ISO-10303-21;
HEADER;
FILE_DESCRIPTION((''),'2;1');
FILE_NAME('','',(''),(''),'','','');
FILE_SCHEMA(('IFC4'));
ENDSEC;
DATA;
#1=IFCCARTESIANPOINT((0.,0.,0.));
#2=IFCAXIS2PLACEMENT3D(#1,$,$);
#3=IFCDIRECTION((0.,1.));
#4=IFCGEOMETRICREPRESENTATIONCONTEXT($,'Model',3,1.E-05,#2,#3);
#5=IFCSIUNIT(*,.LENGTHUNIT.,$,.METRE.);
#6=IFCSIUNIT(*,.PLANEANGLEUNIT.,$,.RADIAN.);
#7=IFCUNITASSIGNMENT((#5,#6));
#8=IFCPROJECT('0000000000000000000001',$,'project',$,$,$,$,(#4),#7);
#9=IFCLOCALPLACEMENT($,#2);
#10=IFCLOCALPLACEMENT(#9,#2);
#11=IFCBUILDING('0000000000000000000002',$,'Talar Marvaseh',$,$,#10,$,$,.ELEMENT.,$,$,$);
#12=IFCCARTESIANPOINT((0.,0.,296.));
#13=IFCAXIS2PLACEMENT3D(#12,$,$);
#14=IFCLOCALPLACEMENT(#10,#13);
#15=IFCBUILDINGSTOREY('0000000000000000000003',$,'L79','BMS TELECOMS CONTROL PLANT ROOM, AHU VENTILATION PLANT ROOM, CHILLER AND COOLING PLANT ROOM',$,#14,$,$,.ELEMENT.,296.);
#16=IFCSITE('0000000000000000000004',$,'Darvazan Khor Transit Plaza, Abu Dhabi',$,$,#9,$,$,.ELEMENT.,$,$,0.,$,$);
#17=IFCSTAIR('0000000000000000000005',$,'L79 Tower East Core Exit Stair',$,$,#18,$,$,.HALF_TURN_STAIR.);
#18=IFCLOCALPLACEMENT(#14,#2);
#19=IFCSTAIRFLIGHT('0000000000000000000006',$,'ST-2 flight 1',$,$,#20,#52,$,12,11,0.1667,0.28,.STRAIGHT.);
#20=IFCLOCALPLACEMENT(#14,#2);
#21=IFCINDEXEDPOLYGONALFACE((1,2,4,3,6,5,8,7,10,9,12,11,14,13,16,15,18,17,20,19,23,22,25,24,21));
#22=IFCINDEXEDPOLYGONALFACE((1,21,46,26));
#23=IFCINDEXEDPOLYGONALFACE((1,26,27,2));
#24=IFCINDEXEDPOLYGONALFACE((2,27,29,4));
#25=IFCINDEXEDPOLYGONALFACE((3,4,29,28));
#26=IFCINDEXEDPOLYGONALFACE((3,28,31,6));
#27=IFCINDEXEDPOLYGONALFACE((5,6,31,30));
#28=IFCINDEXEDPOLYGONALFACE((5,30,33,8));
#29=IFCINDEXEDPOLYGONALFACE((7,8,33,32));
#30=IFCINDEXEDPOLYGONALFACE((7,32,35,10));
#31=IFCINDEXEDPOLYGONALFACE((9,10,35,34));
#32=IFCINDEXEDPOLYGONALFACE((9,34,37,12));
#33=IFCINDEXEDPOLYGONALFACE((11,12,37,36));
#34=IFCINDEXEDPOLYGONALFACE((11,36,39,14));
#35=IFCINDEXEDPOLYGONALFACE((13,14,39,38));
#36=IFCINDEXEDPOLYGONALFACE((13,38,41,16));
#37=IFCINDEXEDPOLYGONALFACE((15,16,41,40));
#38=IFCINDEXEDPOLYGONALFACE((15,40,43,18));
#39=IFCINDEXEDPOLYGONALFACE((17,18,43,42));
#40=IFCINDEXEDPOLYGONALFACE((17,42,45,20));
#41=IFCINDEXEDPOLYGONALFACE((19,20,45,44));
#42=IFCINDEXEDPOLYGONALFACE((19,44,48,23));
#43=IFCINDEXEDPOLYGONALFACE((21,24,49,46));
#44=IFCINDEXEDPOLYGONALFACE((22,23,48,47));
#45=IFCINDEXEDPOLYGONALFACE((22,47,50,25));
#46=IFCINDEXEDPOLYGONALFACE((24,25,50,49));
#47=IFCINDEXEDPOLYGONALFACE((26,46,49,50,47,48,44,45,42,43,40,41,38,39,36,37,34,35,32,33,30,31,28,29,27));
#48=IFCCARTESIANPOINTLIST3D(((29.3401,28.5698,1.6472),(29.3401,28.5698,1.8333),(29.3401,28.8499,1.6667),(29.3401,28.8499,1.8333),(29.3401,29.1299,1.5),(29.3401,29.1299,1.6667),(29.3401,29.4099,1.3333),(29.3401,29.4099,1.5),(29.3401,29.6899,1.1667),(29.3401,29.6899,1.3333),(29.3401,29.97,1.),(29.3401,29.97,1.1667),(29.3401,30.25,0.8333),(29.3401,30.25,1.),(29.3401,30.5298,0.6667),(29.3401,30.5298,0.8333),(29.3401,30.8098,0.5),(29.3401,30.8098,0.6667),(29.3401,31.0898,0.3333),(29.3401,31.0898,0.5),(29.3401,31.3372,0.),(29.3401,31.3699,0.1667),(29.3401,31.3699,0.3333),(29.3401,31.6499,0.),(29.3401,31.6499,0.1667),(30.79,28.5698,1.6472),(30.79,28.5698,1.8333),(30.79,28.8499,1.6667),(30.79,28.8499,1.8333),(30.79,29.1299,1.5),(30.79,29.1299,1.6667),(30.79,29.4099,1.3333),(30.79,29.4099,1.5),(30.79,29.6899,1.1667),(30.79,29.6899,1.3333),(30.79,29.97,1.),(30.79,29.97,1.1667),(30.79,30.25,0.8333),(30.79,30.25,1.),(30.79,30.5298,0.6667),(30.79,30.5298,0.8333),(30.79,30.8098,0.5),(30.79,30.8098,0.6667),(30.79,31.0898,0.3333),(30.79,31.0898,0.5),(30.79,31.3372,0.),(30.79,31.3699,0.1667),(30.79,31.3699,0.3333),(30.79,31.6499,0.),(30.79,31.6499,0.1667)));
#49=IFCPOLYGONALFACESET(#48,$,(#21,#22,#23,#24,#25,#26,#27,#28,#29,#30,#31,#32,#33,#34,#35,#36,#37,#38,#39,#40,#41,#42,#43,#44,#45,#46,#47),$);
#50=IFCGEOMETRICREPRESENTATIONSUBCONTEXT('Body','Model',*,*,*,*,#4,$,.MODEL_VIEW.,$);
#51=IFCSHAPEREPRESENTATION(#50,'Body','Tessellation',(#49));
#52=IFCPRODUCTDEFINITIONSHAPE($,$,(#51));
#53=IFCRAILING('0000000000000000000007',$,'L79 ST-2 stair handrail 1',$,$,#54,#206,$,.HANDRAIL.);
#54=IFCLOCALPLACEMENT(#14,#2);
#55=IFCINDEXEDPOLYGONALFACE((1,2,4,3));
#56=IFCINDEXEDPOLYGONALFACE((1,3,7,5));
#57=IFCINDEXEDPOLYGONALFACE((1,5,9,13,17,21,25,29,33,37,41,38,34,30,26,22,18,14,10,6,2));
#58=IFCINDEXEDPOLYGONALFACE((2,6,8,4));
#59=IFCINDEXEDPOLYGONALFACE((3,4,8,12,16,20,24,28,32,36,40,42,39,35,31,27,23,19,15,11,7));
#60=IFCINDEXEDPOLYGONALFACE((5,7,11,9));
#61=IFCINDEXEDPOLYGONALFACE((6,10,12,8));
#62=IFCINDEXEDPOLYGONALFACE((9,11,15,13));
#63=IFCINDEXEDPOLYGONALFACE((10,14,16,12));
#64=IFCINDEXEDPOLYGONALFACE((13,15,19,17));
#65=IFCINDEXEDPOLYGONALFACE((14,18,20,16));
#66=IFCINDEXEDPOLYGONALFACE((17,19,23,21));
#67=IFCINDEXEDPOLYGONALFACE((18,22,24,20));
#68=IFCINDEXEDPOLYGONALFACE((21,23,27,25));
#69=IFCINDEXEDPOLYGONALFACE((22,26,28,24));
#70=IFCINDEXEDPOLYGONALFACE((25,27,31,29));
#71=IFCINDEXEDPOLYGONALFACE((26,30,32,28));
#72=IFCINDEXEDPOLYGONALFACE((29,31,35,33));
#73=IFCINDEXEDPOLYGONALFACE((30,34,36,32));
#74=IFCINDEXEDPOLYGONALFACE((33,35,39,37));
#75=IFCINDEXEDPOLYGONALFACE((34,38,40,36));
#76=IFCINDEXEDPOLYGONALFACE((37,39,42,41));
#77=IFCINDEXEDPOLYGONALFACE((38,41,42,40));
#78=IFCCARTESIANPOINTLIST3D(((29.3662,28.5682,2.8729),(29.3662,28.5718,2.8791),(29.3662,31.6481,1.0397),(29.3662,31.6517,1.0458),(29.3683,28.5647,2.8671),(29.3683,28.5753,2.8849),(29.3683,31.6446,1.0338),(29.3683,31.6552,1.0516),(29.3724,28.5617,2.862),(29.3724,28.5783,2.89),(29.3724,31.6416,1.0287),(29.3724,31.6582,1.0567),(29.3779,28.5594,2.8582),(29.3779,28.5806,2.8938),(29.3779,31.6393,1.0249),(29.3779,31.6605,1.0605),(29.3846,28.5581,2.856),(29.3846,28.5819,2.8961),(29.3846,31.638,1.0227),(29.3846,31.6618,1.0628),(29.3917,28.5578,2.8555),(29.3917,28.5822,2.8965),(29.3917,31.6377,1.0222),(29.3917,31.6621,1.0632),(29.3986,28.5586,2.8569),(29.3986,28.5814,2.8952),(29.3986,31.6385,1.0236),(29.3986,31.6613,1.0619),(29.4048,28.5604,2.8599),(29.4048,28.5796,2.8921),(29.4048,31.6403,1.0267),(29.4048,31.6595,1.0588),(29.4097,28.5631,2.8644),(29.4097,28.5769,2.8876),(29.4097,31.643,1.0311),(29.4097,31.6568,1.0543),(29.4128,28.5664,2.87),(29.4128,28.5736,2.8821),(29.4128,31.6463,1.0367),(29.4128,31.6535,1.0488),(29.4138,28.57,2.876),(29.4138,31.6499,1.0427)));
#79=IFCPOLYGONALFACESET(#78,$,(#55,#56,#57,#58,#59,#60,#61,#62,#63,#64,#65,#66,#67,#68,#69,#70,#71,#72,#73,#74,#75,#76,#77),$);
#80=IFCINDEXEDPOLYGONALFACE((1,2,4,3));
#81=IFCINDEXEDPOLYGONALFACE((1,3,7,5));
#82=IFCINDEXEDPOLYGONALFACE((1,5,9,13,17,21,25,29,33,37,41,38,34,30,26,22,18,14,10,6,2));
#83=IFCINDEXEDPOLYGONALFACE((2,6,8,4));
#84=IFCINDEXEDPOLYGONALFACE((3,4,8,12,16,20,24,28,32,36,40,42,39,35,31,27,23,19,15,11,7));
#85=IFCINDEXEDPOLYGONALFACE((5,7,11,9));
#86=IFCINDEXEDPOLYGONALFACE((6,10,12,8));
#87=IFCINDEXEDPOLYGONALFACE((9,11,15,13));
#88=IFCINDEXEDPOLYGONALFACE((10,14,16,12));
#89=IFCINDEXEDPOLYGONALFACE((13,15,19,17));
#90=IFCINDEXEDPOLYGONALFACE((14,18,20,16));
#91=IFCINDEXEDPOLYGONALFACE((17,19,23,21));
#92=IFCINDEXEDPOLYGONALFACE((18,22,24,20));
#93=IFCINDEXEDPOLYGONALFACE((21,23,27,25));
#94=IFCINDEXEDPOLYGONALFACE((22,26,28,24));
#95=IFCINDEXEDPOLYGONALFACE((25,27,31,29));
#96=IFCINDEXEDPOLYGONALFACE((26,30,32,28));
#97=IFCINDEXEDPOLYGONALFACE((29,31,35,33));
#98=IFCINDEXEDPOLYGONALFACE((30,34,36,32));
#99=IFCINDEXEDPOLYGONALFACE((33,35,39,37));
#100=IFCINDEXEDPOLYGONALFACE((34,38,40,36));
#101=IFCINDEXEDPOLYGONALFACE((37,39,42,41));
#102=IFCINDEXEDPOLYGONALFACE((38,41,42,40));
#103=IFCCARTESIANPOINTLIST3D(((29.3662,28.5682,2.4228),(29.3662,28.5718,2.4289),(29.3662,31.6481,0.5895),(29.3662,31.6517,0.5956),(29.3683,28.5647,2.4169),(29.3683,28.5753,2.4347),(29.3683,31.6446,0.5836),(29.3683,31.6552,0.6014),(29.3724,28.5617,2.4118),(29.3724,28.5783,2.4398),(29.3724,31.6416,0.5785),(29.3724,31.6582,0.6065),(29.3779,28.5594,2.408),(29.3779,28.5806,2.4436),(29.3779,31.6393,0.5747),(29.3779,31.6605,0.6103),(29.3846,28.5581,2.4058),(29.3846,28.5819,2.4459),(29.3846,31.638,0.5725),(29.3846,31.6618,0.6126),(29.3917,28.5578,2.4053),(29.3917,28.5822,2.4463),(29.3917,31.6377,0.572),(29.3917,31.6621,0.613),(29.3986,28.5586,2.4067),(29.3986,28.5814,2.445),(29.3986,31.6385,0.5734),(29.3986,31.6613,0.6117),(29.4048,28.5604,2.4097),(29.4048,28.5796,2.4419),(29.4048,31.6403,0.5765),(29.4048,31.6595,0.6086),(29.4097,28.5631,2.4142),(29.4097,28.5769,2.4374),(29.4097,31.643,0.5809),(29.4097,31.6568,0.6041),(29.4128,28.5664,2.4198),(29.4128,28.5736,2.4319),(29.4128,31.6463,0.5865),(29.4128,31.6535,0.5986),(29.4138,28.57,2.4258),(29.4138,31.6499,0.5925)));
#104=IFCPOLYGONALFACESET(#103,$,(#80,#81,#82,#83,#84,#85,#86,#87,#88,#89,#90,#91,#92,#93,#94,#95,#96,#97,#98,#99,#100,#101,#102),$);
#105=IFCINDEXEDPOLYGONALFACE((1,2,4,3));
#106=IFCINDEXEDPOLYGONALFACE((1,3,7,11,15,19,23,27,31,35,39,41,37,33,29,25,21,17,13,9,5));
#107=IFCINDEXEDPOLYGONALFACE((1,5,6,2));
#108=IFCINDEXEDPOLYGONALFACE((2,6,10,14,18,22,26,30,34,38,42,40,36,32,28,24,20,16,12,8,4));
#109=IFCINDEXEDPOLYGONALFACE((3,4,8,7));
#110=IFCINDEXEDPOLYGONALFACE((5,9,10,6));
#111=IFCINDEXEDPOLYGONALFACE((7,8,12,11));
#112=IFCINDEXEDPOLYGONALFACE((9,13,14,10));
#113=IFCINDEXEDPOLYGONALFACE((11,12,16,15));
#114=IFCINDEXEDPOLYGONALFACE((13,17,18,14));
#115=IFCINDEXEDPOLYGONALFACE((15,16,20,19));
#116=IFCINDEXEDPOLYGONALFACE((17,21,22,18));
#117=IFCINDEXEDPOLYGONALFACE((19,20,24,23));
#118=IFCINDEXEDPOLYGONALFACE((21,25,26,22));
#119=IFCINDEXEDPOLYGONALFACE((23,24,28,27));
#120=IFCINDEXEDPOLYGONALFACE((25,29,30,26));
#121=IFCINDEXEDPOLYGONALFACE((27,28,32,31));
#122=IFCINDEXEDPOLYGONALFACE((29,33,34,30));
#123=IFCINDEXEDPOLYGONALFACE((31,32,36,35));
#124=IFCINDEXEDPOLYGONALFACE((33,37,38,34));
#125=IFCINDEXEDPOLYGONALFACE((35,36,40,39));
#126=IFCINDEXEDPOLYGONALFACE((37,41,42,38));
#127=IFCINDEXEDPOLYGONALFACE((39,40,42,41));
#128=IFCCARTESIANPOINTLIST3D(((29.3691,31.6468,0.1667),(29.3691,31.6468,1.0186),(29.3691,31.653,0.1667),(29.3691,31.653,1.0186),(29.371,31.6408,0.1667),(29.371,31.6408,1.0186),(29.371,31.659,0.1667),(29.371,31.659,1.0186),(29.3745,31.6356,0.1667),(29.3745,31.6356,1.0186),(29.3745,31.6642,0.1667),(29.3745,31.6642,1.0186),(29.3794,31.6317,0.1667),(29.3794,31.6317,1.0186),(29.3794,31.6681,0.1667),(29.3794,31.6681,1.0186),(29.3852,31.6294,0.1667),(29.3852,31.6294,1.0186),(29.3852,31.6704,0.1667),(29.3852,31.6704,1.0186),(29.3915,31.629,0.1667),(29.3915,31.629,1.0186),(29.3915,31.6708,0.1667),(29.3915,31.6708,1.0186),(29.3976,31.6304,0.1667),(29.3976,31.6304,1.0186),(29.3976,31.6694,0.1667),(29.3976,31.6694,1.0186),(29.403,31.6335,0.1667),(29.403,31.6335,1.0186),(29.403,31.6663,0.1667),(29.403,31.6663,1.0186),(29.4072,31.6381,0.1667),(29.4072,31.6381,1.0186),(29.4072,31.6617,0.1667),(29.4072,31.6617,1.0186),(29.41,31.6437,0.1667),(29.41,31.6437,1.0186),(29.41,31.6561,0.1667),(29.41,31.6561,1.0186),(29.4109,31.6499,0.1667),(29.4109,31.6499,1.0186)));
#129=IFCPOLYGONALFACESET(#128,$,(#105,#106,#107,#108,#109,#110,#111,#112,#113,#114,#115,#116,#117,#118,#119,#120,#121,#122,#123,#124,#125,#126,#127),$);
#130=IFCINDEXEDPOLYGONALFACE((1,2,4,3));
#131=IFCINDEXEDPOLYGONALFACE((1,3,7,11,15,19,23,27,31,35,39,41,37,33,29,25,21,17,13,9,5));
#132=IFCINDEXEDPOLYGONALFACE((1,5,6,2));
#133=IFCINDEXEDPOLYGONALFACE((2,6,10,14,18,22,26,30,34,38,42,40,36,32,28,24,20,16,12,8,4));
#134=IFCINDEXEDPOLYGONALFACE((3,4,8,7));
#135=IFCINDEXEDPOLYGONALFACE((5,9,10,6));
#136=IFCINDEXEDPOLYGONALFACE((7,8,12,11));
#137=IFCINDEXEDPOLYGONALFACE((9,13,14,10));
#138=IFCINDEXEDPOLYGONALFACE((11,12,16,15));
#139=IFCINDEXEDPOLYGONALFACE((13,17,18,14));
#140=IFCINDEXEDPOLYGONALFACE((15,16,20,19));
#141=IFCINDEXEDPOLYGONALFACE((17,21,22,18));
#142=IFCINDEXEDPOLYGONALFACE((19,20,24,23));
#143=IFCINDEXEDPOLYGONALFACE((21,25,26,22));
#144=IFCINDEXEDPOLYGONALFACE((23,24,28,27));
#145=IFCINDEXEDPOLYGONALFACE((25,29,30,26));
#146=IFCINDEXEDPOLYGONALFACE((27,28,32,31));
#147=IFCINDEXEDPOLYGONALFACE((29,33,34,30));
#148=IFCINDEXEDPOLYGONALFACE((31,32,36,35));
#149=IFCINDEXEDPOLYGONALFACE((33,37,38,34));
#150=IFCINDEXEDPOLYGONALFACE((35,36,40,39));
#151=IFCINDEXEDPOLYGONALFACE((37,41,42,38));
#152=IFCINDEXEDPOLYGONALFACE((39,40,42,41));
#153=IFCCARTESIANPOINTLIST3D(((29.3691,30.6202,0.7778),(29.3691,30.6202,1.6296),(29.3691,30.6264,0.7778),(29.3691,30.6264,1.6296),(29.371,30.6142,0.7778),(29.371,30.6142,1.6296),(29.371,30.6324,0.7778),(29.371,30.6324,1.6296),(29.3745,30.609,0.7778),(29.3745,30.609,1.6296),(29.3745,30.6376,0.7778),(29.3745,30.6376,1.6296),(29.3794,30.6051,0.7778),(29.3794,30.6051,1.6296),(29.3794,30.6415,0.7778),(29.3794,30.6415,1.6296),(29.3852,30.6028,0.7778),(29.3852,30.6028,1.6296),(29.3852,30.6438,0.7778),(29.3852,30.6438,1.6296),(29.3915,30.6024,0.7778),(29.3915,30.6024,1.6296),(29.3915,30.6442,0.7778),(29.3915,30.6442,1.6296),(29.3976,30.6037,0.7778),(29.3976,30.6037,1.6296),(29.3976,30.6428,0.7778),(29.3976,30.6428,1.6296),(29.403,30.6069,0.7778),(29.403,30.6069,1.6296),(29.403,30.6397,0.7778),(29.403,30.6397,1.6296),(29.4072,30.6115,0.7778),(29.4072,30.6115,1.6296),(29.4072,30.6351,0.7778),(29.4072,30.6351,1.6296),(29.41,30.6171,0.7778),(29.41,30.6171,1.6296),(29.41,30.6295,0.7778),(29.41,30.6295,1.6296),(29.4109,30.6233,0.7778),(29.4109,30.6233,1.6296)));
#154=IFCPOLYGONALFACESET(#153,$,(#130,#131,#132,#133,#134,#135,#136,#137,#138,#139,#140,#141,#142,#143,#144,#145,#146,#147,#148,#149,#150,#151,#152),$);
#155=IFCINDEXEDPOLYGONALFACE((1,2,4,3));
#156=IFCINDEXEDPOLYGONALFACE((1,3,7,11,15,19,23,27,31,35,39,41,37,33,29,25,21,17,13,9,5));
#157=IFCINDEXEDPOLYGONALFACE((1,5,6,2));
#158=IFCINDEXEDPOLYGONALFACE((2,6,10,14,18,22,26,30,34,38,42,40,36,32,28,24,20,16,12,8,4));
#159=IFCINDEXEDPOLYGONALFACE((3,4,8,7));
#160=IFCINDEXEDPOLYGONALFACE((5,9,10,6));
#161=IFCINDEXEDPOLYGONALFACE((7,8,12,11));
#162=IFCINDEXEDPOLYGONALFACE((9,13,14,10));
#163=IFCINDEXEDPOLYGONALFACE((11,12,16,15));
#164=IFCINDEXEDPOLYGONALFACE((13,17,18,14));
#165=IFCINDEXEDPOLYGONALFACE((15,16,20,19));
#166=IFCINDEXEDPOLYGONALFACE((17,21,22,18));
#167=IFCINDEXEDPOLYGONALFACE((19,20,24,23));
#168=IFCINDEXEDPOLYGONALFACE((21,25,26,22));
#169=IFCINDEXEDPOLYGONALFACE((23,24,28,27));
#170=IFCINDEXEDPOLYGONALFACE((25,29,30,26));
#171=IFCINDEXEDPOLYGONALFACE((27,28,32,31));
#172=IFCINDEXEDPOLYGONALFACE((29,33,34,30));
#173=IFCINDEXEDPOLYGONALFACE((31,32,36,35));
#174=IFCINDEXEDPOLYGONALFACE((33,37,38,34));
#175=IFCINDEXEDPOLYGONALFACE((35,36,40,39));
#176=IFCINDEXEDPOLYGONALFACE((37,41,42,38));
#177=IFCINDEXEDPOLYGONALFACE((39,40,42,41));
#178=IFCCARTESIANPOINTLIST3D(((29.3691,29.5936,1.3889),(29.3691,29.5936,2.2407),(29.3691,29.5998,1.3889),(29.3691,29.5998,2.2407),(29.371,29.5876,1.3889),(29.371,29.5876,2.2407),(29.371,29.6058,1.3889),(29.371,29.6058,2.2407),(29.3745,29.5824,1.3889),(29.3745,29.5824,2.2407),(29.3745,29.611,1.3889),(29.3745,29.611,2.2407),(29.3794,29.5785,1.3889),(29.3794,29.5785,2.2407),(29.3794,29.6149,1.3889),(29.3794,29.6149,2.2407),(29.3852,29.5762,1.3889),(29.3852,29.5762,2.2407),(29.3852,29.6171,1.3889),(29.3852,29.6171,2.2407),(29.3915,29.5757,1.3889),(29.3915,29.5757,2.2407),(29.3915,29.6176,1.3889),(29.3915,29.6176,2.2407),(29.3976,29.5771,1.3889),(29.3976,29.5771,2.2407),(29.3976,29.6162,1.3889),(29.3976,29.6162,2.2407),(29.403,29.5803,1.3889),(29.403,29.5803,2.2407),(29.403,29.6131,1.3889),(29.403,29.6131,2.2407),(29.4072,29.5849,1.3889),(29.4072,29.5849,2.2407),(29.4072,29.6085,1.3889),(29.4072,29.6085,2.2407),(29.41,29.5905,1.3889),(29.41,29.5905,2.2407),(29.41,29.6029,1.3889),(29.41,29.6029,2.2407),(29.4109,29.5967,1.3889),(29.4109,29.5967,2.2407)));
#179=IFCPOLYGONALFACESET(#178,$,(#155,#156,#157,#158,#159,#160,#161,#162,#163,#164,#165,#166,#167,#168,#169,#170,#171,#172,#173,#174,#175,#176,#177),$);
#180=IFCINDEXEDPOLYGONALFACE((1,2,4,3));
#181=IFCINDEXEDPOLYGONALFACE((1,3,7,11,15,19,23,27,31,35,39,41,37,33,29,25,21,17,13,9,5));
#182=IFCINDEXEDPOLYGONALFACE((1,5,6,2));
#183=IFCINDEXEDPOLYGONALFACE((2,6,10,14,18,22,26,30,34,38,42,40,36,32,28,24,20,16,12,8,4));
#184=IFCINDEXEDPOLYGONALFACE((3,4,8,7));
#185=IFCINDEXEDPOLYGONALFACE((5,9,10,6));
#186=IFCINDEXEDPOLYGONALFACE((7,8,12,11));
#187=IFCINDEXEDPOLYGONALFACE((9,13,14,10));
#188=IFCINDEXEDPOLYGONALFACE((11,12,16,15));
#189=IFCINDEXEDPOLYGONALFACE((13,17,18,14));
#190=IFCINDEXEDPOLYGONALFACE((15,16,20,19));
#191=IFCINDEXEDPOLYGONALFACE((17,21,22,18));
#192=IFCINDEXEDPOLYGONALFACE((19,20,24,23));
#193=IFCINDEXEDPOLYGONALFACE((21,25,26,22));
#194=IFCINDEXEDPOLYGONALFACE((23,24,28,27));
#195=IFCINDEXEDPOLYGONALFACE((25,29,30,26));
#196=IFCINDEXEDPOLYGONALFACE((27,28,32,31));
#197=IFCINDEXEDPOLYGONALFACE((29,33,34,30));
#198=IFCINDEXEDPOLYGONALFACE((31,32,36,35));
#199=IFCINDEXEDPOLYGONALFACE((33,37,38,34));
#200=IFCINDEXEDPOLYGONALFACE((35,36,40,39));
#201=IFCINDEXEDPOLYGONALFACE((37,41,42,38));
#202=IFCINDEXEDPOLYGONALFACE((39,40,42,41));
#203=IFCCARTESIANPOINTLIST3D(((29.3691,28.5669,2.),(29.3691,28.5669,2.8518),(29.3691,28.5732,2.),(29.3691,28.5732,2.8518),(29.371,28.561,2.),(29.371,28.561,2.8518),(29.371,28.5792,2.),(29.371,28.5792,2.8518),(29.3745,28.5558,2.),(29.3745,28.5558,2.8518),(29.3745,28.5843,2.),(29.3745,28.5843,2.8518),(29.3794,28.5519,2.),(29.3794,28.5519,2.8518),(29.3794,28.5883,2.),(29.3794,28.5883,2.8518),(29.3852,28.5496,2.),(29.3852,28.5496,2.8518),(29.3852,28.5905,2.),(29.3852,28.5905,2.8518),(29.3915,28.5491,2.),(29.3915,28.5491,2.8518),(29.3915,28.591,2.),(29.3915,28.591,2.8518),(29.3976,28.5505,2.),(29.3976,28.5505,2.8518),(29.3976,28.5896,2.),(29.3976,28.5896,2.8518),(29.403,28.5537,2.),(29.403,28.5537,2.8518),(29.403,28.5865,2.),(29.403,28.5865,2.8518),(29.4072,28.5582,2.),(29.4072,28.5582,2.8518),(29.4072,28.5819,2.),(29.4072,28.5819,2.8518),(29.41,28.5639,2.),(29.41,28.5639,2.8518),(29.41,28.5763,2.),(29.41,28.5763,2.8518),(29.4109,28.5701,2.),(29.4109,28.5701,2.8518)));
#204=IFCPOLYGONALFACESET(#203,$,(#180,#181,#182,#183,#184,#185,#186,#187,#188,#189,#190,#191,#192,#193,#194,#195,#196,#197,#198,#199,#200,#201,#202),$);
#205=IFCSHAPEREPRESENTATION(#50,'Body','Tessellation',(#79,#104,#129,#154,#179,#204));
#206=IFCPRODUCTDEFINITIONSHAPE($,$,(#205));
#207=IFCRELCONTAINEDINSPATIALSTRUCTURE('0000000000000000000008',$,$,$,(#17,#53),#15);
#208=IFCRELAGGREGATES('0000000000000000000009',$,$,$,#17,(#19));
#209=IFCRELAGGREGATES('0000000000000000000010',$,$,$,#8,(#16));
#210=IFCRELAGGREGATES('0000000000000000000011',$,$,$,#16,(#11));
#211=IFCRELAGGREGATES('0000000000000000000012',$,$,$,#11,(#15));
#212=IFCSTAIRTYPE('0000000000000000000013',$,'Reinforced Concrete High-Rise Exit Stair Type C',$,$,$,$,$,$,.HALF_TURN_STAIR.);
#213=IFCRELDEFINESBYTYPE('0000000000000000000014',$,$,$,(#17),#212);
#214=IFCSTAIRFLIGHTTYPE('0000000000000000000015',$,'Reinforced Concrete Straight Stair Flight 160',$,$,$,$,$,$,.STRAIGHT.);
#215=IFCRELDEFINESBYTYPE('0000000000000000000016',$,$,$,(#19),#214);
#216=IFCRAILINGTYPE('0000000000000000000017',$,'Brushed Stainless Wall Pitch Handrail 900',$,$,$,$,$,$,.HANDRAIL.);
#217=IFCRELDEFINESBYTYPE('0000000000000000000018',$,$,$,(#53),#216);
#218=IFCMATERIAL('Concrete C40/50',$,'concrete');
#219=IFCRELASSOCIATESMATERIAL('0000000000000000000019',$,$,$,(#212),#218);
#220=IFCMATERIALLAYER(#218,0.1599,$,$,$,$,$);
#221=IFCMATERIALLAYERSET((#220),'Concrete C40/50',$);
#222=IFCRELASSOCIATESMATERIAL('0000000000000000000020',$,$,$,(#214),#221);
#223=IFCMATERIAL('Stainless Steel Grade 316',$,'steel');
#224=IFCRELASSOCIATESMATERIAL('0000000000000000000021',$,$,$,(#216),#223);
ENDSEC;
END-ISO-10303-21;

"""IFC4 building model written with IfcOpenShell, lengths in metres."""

from ifc_helpers import new_model, si_unit, direction, frame, origin, origin_2d, place, context, subcontext, project, spatial, polyline, circle, outline, extrude, material, layer, layer_set, type_object, element, aggregate, save


model = new_model("IFC4")

# Units and contexts
model_context = context("Model", 3, precision=1e-05, world=origin(), true_north=direction((0.0, 1.0)))
body_context = subcontext(model_context, "Body", "Model", "MODEL_VIEW")
ifc_project = project(units=[si_unit("LENGTHUNIT", "METRE"), si_unit("PLANEANGLEUNIT", "RADIAN")], contexts=[model_context])

# Site, building, storey
site_placement = place(None, origin())
site = spatial("IfcSite", under=ifc_project, at=site_placement, Name="Darvazan Khor Transit Plaza, Abu Dhabi", CompositionType="ELEMENT", RefElevation=0.0)
building_placement = place(site_placement, origin())
building = spatial("IfcBuilding", under=site, at=building_placement, Name="Talar Marvaseh", CompositionType="ELEMENT")
storey_placement = place(building_placement, frame((0.0, 0.0, 296.0)))
storey = spatial("IfcBuildingStorey", under=building, at=storey_placement, Name="L79", Description="BMS TELECOMS CONTROL PLANT ROOM, AHU VENTILATION PLANT ROOM, CHILLER AND COOLING PLANT ROOM", CompositionType="ELEMENT", Elevation=296.0)

# Shared definitions
ifc_material_1 = material(Name="Concrete C40/50", Category="concrete")

# Stair, stair flight
stair_type = type_object("IfcStairType", Name="Reinforced Concrete High-Rise Exit Stair Type C", PredefinedType="HALF_TURN_STAIR", material=ifc_material_1)
stair_placement = place(storey_placement, origin())
stair = element("IfcStair", 1, at=stair_placement, inside=storey, type_object=stair_type, Name="L79 Tower East Core Exit Stair", PredefinedType="HALF_TURN_STAIR")
ifc_layer_1 = layer(ifc_material_1, 0.1599)
ifc_layer_set_1 = layer_set([ifc_layer_1], Name="Concrete C40/50")
stair_flight_type = type_object("IfcStairFlightType", Name="Reinforced Concrete Straight Stair Flight 160", PredefinedType="STRAIGHT", material=ifc_layer_set_1)
stair_flight_placement = place(storey_placement, frame((30.0649, 31.6499, 0.0), z_axis=(0.0, 0.0, 1.0), x_axis=(0.0, -1.0, 0.0)))
stair_flight = element("IfcStairFlight", 2, at=stair_flight_placement, type_object=stair_flight_type, Name="ST-2 flight 1", NumberOfRisers=12, NumberOfTreads=11, PredefinedType="STRAIGHT", RiserHeight=0.1667, TreadLength=0.28, context=body_context, shape_type="SweptSolid", body=[
    extrude(outline(polyline([(0.0, 0.0), (0.0, 0.1667), (0.28, 0.1667), (0.28, 0.3333), (0.5601, 0.3333), (0.5601, 0.5), (0.8401, 0.5), (0.8401, 0.6667), (1.1201, 0.6667), (1.1201, 0.8333), (1.3999, 0.8333), (1.3999, 1.0), (1.6799, 1.0), (1.6799, 1.1667), (1.96, 1.1667), (1.96, 1.3333), (2.24, 1.3333), (2.24, 1.5), (2.52, 1.5), (2.52, 1.6667), (2.8, 1.6667), (2.8, 1.8333), (3.0801, 1.8333), (3.0801, 2.0), (3.0801, 1.6472), (0.3127, 0.0), (0.0, 0.0)])), frame((0.0, 0.7251, 0.0), z_axis=(0.0, -1.0, 0.0), x_axis=(1.0, 0.0, 0.0)), (0.0, 0.0, 1.0), 1.45),
])
aggregate(stair, [stair_flight])

# Railing
ifc_material_2 = material(Name="Stainless Steel Grade 316", Category="steel")
railing_type_1 = type_object("IfcRailingType", Name="Brushed Stainless Wall Pitch Handrail 900", PredefinedType="HANDRAIL", material=ifc_material_2)
railing_1_placement = place(storey_placement, frame((29.3899, 31.6499, 0.1667)))
element("IfcRailing", 3, at=railing_1_placement, inside=storey, type_object=railing_type_1, Name="L79 ST-2 stair handrail 1", PredefinedType="HANDRAIL", context=body_context, shape_type="SweptSolid", body=[
    extrude(circle(Radius=0.0239, at=origin_2d()), frame((0.0, 0.0, 0.876), z_axis=(0.0, -0.859291, 0.511487), x_axis=(1.0, 0.0, 0.0)), (0.0, 0.0, 1.0), 3.5842),
    extrude(circle(Radius=0.0239, at=origin_2d()), frame((0.0, 0.0, 0.4258), z_axis=(0.0, -0.859291, 0.511487), x_axis=(1.0, 0.0, 0.0)), (0.0, 0.0, 1.0), 3.5842),
    extrude(circle(Radius=0.021, at=origin_2d()), origin(), (0.0, 0.0, 1.0), 0.8518),
    extrude(circle(Radius=0.021, at=origin_2d()), frame((0.0, -1.0266, 0.6111)), (0.0, 0.0, 1.0), 0.8518),
    extrude(circle(Radius=0.021, at=origin_2d()), frame((0.0, -2.0532, 1.2222)), (0.0, 0.0, 1.0), 0.8518),
    extrude(circle(Radius=0.021, at=origin_2d()), frame((0.0, -3.0798, 1.8333)), (0.0, 0.0, 1.0), 0.8518),
])

save(model, "model.ifc")
